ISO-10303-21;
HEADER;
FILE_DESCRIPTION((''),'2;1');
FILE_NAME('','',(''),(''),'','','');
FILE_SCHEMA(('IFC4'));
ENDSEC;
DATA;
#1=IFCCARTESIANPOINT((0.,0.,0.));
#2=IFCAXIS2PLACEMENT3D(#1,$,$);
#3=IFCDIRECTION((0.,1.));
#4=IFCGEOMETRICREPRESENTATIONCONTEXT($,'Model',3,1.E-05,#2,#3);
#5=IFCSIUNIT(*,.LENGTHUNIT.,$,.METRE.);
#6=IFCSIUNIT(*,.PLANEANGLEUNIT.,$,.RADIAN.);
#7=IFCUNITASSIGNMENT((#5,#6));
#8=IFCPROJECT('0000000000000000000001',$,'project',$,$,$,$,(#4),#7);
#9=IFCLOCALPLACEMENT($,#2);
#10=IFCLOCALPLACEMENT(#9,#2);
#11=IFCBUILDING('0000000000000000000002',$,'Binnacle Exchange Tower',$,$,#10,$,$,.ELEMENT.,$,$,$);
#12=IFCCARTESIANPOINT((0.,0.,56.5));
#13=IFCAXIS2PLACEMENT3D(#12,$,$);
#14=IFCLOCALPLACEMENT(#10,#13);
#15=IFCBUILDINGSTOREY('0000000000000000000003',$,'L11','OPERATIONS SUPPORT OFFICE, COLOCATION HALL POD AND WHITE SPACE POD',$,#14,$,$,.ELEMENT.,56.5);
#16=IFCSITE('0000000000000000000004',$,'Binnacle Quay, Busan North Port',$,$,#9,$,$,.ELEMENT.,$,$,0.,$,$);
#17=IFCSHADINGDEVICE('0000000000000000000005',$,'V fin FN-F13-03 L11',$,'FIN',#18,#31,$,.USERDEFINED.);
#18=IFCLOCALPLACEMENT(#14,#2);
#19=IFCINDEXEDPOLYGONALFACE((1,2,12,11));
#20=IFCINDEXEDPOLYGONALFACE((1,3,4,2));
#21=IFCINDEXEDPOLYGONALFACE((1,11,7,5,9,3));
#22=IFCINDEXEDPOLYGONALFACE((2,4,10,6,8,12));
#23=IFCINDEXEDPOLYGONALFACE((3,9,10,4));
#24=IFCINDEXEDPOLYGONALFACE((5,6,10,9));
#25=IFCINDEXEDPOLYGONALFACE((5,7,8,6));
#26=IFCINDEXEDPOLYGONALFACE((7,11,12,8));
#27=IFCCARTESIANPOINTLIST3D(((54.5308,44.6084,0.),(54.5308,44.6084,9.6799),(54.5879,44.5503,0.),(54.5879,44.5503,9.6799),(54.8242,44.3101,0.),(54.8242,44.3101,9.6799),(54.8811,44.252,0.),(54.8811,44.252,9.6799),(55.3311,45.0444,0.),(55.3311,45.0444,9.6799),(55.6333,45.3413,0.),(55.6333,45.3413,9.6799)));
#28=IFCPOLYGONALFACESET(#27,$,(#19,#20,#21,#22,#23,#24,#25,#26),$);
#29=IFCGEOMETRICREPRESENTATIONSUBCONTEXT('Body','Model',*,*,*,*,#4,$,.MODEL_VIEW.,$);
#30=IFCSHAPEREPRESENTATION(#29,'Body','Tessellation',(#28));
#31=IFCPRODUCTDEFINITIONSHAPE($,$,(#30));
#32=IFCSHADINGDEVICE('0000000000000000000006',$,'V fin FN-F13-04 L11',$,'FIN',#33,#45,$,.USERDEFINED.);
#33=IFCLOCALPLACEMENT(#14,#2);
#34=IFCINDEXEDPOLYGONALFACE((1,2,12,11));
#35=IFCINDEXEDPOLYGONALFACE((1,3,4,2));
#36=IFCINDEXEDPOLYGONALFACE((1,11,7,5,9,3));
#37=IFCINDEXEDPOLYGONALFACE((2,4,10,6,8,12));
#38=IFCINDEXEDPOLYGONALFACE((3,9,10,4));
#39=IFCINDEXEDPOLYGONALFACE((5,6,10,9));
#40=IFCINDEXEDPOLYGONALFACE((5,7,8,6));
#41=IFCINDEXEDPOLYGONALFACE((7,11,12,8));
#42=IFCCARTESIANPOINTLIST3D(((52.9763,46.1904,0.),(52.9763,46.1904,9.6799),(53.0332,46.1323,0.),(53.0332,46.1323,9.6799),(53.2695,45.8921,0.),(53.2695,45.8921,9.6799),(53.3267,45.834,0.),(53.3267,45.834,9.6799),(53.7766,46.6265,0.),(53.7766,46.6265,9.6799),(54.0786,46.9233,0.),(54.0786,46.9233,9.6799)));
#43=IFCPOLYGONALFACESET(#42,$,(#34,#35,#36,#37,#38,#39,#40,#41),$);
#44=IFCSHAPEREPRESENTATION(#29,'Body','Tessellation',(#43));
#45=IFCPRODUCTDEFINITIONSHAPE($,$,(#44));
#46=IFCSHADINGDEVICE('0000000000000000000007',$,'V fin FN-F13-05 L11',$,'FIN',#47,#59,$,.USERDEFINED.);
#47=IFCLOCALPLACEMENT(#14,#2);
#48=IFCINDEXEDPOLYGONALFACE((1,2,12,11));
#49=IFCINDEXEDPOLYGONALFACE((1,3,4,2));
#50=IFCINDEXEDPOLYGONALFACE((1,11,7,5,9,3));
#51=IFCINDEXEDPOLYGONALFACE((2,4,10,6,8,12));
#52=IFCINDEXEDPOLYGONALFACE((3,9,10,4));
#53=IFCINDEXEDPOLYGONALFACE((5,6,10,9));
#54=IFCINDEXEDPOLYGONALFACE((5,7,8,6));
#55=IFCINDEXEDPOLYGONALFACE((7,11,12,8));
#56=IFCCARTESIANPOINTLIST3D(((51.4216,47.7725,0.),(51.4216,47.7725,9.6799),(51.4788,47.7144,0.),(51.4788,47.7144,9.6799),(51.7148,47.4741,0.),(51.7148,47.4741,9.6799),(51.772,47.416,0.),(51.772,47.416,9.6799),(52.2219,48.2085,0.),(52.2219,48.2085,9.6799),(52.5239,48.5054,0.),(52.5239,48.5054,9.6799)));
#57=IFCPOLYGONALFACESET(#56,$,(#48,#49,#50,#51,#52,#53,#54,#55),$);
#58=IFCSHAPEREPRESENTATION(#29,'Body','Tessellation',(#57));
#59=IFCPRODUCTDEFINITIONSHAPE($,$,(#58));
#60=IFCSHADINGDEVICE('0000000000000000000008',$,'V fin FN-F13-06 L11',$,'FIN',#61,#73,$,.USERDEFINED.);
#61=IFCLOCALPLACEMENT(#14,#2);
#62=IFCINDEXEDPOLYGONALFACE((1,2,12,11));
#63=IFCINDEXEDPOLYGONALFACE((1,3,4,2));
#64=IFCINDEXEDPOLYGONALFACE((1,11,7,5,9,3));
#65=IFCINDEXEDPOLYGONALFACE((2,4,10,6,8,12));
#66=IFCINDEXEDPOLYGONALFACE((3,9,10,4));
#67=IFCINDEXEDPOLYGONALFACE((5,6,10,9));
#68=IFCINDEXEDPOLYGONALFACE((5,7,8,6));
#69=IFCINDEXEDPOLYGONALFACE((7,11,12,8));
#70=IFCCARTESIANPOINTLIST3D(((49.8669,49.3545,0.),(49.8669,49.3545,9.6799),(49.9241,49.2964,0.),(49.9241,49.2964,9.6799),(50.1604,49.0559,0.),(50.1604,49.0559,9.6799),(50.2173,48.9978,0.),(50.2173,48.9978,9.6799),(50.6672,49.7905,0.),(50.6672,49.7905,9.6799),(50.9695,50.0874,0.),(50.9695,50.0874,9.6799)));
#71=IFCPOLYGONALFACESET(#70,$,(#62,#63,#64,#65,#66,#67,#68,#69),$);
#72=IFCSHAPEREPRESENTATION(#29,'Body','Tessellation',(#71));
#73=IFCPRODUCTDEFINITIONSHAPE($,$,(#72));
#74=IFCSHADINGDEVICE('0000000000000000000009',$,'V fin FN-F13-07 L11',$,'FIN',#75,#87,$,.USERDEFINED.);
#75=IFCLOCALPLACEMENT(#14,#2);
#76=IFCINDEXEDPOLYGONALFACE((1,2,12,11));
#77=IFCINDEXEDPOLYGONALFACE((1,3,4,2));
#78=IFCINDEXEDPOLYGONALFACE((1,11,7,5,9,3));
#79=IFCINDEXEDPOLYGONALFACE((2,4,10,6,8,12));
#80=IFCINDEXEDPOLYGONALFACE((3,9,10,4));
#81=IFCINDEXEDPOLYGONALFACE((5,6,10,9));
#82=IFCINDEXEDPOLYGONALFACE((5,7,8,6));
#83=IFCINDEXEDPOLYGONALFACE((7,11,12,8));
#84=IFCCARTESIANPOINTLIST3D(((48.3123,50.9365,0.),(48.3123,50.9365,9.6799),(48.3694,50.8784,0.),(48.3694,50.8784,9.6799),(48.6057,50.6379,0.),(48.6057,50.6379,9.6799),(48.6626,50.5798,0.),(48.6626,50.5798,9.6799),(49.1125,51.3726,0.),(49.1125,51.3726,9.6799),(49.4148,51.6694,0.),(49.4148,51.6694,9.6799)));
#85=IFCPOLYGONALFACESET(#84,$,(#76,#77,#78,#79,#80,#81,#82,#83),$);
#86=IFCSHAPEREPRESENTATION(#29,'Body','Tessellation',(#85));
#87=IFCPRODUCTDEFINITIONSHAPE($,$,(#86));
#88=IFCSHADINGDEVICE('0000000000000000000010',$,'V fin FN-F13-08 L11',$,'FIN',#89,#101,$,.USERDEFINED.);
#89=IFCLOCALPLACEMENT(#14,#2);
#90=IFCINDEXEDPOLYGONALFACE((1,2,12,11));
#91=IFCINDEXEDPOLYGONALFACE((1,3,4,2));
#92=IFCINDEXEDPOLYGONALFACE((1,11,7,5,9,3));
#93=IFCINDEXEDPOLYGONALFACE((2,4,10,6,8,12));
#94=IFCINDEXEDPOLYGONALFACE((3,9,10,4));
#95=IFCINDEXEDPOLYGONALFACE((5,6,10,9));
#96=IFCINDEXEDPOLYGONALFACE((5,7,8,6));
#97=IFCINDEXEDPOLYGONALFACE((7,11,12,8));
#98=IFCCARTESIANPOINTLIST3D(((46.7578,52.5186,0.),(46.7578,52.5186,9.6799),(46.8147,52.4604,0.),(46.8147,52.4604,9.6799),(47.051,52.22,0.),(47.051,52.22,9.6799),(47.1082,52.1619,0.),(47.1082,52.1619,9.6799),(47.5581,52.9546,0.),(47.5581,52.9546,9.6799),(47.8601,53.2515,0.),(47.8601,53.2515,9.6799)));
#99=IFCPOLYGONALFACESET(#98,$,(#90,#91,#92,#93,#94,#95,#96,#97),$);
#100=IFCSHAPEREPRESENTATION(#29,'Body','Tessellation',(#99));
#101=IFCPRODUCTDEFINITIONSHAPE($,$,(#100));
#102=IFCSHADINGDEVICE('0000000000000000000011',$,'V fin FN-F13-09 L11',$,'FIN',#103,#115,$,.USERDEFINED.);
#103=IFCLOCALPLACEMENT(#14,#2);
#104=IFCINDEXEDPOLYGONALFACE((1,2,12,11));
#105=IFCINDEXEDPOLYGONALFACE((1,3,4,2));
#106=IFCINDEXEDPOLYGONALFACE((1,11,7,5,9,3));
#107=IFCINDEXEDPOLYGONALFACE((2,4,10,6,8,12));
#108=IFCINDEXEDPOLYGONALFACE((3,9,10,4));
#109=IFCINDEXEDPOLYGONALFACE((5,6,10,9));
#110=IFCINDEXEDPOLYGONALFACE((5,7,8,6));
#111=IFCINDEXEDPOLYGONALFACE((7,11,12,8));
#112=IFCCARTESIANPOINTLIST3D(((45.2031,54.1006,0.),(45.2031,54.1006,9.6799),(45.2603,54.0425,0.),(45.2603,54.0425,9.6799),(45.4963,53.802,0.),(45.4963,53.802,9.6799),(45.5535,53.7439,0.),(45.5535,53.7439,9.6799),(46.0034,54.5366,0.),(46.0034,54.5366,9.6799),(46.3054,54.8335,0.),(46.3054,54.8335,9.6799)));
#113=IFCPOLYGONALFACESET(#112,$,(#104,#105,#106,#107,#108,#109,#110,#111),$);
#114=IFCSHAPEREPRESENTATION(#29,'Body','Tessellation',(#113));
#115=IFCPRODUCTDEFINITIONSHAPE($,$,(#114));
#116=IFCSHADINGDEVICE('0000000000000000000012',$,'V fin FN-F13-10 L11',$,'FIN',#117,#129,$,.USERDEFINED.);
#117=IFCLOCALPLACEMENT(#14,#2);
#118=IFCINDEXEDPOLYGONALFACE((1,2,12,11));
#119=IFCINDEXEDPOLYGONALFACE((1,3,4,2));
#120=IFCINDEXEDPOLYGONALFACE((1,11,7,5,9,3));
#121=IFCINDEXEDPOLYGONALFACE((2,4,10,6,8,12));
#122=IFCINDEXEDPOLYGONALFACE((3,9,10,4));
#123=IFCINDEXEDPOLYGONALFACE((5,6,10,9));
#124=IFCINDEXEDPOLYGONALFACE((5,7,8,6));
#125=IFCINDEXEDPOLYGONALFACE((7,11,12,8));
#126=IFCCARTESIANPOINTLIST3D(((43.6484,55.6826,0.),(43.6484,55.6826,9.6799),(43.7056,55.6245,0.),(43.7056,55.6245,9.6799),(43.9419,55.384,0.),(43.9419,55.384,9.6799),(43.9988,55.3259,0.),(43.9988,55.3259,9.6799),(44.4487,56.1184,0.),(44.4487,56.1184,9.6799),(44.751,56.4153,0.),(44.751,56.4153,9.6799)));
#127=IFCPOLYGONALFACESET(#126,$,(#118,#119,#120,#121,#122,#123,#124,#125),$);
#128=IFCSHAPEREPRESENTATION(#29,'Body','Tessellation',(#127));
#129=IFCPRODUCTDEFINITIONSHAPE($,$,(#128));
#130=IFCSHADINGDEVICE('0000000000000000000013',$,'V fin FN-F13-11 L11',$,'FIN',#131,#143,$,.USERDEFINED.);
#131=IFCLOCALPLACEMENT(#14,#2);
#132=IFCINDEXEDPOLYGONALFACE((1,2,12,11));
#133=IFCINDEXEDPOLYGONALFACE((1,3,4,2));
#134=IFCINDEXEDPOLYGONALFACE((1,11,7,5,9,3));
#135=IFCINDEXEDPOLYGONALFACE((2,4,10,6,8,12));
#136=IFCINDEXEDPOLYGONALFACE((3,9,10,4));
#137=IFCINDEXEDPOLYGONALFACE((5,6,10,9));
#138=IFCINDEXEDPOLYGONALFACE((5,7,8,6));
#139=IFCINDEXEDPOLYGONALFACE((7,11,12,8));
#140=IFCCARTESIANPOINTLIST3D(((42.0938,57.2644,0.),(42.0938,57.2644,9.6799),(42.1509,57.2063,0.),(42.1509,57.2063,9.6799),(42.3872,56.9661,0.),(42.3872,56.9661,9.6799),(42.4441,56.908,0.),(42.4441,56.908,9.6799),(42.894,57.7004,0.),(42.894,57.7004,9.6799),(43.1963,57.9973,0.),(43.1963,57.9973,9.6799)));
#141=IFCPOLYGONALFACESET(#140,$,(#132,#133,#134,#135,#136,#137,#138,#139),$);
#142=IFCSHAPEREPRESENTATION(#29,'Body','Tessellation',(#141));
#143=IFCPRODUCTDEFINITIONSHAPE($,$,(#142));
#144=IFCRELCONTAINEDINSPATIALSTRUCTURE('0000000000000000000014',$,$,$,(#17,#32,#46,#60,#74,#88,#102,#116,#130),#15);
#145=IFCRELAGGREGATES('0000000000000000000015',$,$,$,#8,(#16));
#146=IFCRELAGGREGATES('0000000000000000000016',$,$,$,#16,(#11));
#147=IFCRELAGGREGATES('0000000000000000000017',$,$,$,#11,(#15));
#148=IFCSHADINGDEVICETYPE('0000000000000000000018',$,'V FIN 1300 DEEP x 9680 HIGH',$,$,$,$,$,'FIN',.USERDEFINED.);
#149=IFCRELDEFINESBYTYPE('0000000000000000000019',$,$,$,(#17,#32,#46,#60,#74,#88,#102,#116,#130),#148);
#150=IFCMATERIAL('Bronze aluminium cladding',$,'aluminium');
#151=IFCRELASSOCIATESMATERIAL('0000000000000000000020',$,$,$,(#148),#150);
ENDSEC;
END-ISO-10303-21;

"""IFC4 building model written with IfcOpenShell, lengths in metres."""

from ifc_helpers import new_model, si_unit, direction, frame, origin, place, context, subcontext, project, spatial, polyline, outline, extrude, material, type_object, element, save


model = new_model("IFC4")

# Units and contexts
model_context = context("Model", 3, precision=1e-05, world=origin(), true_north=direction((0.0, 1.0)))
body_context = subcontext(model_context, "Body", "Model", "MODEL_VIEW")
ifc_project = project(units=[si_unit("LENGTHUNIT", "METRE"), si_unit("PLANEANGLEUNIT", "RADIAN")], contexts=[model_context])

# Site, building, storey
site_placement = place(None, origin())
site = spatial("IfcSite", under=ifc_project, at=site_placement, Name="Binnacle Quay, Busan North Port", CompositionType="ELEMENT", RefElevation=0.0)
building_placement = place(site_placement, origin())
building = spatial("IfcBuilding", under=site, at=building_placement, Name="Binnacle Exchange Tower", CompositionType="ELEMENT")
storey_placement = place(building_placement, frame((0.0, 0.0, 56.5)))
storey = spatial("IfcBuildingStorey", under=building, at=storey_placement, Name="L11", Description="OPERATIONS SUPPORT OFFICE, COLOCATION HALL POD AND WHITE SPACE POD", CompositionType="ELEMENT", Elevation=56.5)

# Shading devices
ifc_material_1 = material(Name="Bronze aluminium cladding", Category="aluminium")
shading_device_type = type_object("IfcShadingDeviceType", Name="V FIN 1300 DEEP x 9680 HIGH", ElementType="FIN", PredefinedType="USERDEFINED", material=ifc_material_1)
shading_device_1_placement = place(storey_placement, origin())
element("IfcShadingDevice", 1, at=shading_device_1_placement, inside=storey, type_object=shading_device_type, Name="V fin FN-F13-03 L11", ObjectType="FIN", PredefinedType="USERDEFINED", context=body_context, shape_type="SweptSolid", body=[
    extrude(outline(polyline([(54.8811, 44.252), (55.6333, 45.3413), (54.5308, 44.6084), (54.5879, 44.5503), (55.3311, 45.0444), (54.8242, 44.3101), (54.8811, 44.252)])), origin(), (0.0, 0.0, 1.0), 9.6799),
])
shading_device_2_placement = place(storey_placement, origin())
element("IfcShadingDevice", 2, at=shading_device_2_placement, inside=storey, type_object=shading_device_type, Name="V fin FN-F13-04 L11", ObjectType="FIN", PredefinedType="USERDEFINED", context=body_context, shape_type="SweptSolid", body=[
    extrude(outline(polyline([(53.3267, 45.834), (54.0786, 46.9233), (52.9763, 46.1904), (53.0332, 46.1323), (53.7766, 46.6265), (53.2695, 45.8921), (53.3267, 45.834)])), origin(), (0.0, 0.0, 1.0), 9.6799),
])
shading_device_3_placement = place(storey_placement, origin())
element("IfcShadingDevice", 3, at=shading_device_3_placement, inside=storey, type_object=shading_device_type, Name="V fin FN-F13-05 L11", ObjectType="FIN", PredefinedType="USERDEFINED", context=body_context, shape_type="SweptSolid", body=[
    extrude(outline(polyline([(51.772, 47.416), (52.5239, 48.5054), (51.4216, 47.7725), (51.4788, 47.7144), (52.2219, 48.2085), (51.7148, 47.4741), (51.772, 47.416)])), origin(), (0.0, 0.0, 1.0), 9.6799),
])
shading_device_4_placement = place(storey_placement, origin())
element("IfcShadingDevice", 4, at=shading_device_4_placement, inside=storey, type_object=shading_device_type, Name="V fin FN-F13-06 L11", ObjectType="FIN", PredefinedType="USERDEFINED", context=body_context, shape_type="SweptSolid", body=[
    extrude(outline(polyline([(50.2173, 48.9978), (50.9695, 50.0874), (49.8669, 49.3545), (49.9241, 49.2964), (50.6672, 49.7905), (50.1604, 49.0559), (50.2173, 48.9978)])), origin(), (0.0, 0.0, 1.0), 9.6799),
])
shading_device_5_placement = place(storey_placement, origin())
element("IfcShadingDevice", 5, at=shading_device_5_placement, inside=storey, type_object=shading_device_type, Name="V fin FN-F13-07 L11", ObjectType="FIN", PredefinedType="USERDEFINED", context=body_context, shape_type="SweptSolid", body=[
    extrude(outline(polyline([(48.6626, 50.5798), (49.4148, 51.6694), (48.3123, 50.9365), (48.3694, 50.8784), (49.1125, 51.3726), (48.6057, 50.6379), (48.6626, 50.5798)])), origin(), (0.0, 0.0, 1.0), 9.6799),
])
shading_device_6_placement = place(storey_placement, origin())
element("IfcShadingDevice", 6, at=shading_device_6_placement, inside=storey, type_object=shading_device_type, Name="V fin FN-F13-08 L11", ObjectType="FIN", PredefinedType="USERDEFINED", context=body_context, shape_type="SweptSolid", body=[
    extrude(outline(polyline([(47.1082, 52.1619), (47.8601, 53.2515), (46.7578, 52.5186), (46.8147, 52.4604), (47.5581, 52.9546), (47.051, 52.22), (47.1082, 52.1619)])), origin(), (0.0, 0.0, 1.0), 9.6799),
])
shading_device_7_placement = place(storey_placement, origin())
element("IfcShadingDevice", 7, at=shading_device_7_placement, inside=storey, type_object=shading_device_type, Name="V fin FN-F13-09 L11", ObjectType="FIN", PredefinedType="USERDEFINED", context=body_context, shape_type="SweptSolid", body=[
    extrude(outline(polyline([(45.5535, 53.7439), (46.3054, 54.8335), (45.2031, 54.1006), (45.2603, 54.0425), (46.0034, 54.5366), (45.4963, 53.802), (45.5535, 53.7439)])), origin(), (0.0, 0.0, 1.0), 9.6799),
])
shading_device_8_placement = place(storey_placement, origin())
element("IfcShadingDevice", 8, at=shading_device_8_placement, inside=storey, type_object=shading_device_type, Name="V fin FN-F13-10 L11", ObjectType="FIN", PredefinedType="USERDEFINED", context=body_context, shape_type="SweptSolid", body=[
    extrude(outline(polyline([(43.9988, 55.3259), (44.751, 56.4153), (43.6484, 55.6826), (43.7056, 55.6245), (44.4487, 56.1184), (43.9419, 55.384), (43.9988, 55.3259)])), origin(), (0.0, 0.0, 1.0), 9.6799),
])
shading_device_9_placement = place(storey_placement, origin())
element("IfcShadingDevice", 9, at=shading_device_9_placement, inside=storey, type_object=shading_device_type, Name="V fin FN-F13-11 L11", ObjectType="FIN", PredefinedType="USERDEFINED", context=body_context, shape_type="SweptSolid", body=[
    extrude(outline(polyline([(42.4441, 56.908), (43.1963, 57.9973), (42.0938, 57.2644), (42.1509, 57.2063), (42.894, 57.7004), (42.3872, 56.9661), (42.4441, 56.908)])), origin(), (0.0, 0.0, 1.0), 9.6799),
])

save(model, "model.ifc")
